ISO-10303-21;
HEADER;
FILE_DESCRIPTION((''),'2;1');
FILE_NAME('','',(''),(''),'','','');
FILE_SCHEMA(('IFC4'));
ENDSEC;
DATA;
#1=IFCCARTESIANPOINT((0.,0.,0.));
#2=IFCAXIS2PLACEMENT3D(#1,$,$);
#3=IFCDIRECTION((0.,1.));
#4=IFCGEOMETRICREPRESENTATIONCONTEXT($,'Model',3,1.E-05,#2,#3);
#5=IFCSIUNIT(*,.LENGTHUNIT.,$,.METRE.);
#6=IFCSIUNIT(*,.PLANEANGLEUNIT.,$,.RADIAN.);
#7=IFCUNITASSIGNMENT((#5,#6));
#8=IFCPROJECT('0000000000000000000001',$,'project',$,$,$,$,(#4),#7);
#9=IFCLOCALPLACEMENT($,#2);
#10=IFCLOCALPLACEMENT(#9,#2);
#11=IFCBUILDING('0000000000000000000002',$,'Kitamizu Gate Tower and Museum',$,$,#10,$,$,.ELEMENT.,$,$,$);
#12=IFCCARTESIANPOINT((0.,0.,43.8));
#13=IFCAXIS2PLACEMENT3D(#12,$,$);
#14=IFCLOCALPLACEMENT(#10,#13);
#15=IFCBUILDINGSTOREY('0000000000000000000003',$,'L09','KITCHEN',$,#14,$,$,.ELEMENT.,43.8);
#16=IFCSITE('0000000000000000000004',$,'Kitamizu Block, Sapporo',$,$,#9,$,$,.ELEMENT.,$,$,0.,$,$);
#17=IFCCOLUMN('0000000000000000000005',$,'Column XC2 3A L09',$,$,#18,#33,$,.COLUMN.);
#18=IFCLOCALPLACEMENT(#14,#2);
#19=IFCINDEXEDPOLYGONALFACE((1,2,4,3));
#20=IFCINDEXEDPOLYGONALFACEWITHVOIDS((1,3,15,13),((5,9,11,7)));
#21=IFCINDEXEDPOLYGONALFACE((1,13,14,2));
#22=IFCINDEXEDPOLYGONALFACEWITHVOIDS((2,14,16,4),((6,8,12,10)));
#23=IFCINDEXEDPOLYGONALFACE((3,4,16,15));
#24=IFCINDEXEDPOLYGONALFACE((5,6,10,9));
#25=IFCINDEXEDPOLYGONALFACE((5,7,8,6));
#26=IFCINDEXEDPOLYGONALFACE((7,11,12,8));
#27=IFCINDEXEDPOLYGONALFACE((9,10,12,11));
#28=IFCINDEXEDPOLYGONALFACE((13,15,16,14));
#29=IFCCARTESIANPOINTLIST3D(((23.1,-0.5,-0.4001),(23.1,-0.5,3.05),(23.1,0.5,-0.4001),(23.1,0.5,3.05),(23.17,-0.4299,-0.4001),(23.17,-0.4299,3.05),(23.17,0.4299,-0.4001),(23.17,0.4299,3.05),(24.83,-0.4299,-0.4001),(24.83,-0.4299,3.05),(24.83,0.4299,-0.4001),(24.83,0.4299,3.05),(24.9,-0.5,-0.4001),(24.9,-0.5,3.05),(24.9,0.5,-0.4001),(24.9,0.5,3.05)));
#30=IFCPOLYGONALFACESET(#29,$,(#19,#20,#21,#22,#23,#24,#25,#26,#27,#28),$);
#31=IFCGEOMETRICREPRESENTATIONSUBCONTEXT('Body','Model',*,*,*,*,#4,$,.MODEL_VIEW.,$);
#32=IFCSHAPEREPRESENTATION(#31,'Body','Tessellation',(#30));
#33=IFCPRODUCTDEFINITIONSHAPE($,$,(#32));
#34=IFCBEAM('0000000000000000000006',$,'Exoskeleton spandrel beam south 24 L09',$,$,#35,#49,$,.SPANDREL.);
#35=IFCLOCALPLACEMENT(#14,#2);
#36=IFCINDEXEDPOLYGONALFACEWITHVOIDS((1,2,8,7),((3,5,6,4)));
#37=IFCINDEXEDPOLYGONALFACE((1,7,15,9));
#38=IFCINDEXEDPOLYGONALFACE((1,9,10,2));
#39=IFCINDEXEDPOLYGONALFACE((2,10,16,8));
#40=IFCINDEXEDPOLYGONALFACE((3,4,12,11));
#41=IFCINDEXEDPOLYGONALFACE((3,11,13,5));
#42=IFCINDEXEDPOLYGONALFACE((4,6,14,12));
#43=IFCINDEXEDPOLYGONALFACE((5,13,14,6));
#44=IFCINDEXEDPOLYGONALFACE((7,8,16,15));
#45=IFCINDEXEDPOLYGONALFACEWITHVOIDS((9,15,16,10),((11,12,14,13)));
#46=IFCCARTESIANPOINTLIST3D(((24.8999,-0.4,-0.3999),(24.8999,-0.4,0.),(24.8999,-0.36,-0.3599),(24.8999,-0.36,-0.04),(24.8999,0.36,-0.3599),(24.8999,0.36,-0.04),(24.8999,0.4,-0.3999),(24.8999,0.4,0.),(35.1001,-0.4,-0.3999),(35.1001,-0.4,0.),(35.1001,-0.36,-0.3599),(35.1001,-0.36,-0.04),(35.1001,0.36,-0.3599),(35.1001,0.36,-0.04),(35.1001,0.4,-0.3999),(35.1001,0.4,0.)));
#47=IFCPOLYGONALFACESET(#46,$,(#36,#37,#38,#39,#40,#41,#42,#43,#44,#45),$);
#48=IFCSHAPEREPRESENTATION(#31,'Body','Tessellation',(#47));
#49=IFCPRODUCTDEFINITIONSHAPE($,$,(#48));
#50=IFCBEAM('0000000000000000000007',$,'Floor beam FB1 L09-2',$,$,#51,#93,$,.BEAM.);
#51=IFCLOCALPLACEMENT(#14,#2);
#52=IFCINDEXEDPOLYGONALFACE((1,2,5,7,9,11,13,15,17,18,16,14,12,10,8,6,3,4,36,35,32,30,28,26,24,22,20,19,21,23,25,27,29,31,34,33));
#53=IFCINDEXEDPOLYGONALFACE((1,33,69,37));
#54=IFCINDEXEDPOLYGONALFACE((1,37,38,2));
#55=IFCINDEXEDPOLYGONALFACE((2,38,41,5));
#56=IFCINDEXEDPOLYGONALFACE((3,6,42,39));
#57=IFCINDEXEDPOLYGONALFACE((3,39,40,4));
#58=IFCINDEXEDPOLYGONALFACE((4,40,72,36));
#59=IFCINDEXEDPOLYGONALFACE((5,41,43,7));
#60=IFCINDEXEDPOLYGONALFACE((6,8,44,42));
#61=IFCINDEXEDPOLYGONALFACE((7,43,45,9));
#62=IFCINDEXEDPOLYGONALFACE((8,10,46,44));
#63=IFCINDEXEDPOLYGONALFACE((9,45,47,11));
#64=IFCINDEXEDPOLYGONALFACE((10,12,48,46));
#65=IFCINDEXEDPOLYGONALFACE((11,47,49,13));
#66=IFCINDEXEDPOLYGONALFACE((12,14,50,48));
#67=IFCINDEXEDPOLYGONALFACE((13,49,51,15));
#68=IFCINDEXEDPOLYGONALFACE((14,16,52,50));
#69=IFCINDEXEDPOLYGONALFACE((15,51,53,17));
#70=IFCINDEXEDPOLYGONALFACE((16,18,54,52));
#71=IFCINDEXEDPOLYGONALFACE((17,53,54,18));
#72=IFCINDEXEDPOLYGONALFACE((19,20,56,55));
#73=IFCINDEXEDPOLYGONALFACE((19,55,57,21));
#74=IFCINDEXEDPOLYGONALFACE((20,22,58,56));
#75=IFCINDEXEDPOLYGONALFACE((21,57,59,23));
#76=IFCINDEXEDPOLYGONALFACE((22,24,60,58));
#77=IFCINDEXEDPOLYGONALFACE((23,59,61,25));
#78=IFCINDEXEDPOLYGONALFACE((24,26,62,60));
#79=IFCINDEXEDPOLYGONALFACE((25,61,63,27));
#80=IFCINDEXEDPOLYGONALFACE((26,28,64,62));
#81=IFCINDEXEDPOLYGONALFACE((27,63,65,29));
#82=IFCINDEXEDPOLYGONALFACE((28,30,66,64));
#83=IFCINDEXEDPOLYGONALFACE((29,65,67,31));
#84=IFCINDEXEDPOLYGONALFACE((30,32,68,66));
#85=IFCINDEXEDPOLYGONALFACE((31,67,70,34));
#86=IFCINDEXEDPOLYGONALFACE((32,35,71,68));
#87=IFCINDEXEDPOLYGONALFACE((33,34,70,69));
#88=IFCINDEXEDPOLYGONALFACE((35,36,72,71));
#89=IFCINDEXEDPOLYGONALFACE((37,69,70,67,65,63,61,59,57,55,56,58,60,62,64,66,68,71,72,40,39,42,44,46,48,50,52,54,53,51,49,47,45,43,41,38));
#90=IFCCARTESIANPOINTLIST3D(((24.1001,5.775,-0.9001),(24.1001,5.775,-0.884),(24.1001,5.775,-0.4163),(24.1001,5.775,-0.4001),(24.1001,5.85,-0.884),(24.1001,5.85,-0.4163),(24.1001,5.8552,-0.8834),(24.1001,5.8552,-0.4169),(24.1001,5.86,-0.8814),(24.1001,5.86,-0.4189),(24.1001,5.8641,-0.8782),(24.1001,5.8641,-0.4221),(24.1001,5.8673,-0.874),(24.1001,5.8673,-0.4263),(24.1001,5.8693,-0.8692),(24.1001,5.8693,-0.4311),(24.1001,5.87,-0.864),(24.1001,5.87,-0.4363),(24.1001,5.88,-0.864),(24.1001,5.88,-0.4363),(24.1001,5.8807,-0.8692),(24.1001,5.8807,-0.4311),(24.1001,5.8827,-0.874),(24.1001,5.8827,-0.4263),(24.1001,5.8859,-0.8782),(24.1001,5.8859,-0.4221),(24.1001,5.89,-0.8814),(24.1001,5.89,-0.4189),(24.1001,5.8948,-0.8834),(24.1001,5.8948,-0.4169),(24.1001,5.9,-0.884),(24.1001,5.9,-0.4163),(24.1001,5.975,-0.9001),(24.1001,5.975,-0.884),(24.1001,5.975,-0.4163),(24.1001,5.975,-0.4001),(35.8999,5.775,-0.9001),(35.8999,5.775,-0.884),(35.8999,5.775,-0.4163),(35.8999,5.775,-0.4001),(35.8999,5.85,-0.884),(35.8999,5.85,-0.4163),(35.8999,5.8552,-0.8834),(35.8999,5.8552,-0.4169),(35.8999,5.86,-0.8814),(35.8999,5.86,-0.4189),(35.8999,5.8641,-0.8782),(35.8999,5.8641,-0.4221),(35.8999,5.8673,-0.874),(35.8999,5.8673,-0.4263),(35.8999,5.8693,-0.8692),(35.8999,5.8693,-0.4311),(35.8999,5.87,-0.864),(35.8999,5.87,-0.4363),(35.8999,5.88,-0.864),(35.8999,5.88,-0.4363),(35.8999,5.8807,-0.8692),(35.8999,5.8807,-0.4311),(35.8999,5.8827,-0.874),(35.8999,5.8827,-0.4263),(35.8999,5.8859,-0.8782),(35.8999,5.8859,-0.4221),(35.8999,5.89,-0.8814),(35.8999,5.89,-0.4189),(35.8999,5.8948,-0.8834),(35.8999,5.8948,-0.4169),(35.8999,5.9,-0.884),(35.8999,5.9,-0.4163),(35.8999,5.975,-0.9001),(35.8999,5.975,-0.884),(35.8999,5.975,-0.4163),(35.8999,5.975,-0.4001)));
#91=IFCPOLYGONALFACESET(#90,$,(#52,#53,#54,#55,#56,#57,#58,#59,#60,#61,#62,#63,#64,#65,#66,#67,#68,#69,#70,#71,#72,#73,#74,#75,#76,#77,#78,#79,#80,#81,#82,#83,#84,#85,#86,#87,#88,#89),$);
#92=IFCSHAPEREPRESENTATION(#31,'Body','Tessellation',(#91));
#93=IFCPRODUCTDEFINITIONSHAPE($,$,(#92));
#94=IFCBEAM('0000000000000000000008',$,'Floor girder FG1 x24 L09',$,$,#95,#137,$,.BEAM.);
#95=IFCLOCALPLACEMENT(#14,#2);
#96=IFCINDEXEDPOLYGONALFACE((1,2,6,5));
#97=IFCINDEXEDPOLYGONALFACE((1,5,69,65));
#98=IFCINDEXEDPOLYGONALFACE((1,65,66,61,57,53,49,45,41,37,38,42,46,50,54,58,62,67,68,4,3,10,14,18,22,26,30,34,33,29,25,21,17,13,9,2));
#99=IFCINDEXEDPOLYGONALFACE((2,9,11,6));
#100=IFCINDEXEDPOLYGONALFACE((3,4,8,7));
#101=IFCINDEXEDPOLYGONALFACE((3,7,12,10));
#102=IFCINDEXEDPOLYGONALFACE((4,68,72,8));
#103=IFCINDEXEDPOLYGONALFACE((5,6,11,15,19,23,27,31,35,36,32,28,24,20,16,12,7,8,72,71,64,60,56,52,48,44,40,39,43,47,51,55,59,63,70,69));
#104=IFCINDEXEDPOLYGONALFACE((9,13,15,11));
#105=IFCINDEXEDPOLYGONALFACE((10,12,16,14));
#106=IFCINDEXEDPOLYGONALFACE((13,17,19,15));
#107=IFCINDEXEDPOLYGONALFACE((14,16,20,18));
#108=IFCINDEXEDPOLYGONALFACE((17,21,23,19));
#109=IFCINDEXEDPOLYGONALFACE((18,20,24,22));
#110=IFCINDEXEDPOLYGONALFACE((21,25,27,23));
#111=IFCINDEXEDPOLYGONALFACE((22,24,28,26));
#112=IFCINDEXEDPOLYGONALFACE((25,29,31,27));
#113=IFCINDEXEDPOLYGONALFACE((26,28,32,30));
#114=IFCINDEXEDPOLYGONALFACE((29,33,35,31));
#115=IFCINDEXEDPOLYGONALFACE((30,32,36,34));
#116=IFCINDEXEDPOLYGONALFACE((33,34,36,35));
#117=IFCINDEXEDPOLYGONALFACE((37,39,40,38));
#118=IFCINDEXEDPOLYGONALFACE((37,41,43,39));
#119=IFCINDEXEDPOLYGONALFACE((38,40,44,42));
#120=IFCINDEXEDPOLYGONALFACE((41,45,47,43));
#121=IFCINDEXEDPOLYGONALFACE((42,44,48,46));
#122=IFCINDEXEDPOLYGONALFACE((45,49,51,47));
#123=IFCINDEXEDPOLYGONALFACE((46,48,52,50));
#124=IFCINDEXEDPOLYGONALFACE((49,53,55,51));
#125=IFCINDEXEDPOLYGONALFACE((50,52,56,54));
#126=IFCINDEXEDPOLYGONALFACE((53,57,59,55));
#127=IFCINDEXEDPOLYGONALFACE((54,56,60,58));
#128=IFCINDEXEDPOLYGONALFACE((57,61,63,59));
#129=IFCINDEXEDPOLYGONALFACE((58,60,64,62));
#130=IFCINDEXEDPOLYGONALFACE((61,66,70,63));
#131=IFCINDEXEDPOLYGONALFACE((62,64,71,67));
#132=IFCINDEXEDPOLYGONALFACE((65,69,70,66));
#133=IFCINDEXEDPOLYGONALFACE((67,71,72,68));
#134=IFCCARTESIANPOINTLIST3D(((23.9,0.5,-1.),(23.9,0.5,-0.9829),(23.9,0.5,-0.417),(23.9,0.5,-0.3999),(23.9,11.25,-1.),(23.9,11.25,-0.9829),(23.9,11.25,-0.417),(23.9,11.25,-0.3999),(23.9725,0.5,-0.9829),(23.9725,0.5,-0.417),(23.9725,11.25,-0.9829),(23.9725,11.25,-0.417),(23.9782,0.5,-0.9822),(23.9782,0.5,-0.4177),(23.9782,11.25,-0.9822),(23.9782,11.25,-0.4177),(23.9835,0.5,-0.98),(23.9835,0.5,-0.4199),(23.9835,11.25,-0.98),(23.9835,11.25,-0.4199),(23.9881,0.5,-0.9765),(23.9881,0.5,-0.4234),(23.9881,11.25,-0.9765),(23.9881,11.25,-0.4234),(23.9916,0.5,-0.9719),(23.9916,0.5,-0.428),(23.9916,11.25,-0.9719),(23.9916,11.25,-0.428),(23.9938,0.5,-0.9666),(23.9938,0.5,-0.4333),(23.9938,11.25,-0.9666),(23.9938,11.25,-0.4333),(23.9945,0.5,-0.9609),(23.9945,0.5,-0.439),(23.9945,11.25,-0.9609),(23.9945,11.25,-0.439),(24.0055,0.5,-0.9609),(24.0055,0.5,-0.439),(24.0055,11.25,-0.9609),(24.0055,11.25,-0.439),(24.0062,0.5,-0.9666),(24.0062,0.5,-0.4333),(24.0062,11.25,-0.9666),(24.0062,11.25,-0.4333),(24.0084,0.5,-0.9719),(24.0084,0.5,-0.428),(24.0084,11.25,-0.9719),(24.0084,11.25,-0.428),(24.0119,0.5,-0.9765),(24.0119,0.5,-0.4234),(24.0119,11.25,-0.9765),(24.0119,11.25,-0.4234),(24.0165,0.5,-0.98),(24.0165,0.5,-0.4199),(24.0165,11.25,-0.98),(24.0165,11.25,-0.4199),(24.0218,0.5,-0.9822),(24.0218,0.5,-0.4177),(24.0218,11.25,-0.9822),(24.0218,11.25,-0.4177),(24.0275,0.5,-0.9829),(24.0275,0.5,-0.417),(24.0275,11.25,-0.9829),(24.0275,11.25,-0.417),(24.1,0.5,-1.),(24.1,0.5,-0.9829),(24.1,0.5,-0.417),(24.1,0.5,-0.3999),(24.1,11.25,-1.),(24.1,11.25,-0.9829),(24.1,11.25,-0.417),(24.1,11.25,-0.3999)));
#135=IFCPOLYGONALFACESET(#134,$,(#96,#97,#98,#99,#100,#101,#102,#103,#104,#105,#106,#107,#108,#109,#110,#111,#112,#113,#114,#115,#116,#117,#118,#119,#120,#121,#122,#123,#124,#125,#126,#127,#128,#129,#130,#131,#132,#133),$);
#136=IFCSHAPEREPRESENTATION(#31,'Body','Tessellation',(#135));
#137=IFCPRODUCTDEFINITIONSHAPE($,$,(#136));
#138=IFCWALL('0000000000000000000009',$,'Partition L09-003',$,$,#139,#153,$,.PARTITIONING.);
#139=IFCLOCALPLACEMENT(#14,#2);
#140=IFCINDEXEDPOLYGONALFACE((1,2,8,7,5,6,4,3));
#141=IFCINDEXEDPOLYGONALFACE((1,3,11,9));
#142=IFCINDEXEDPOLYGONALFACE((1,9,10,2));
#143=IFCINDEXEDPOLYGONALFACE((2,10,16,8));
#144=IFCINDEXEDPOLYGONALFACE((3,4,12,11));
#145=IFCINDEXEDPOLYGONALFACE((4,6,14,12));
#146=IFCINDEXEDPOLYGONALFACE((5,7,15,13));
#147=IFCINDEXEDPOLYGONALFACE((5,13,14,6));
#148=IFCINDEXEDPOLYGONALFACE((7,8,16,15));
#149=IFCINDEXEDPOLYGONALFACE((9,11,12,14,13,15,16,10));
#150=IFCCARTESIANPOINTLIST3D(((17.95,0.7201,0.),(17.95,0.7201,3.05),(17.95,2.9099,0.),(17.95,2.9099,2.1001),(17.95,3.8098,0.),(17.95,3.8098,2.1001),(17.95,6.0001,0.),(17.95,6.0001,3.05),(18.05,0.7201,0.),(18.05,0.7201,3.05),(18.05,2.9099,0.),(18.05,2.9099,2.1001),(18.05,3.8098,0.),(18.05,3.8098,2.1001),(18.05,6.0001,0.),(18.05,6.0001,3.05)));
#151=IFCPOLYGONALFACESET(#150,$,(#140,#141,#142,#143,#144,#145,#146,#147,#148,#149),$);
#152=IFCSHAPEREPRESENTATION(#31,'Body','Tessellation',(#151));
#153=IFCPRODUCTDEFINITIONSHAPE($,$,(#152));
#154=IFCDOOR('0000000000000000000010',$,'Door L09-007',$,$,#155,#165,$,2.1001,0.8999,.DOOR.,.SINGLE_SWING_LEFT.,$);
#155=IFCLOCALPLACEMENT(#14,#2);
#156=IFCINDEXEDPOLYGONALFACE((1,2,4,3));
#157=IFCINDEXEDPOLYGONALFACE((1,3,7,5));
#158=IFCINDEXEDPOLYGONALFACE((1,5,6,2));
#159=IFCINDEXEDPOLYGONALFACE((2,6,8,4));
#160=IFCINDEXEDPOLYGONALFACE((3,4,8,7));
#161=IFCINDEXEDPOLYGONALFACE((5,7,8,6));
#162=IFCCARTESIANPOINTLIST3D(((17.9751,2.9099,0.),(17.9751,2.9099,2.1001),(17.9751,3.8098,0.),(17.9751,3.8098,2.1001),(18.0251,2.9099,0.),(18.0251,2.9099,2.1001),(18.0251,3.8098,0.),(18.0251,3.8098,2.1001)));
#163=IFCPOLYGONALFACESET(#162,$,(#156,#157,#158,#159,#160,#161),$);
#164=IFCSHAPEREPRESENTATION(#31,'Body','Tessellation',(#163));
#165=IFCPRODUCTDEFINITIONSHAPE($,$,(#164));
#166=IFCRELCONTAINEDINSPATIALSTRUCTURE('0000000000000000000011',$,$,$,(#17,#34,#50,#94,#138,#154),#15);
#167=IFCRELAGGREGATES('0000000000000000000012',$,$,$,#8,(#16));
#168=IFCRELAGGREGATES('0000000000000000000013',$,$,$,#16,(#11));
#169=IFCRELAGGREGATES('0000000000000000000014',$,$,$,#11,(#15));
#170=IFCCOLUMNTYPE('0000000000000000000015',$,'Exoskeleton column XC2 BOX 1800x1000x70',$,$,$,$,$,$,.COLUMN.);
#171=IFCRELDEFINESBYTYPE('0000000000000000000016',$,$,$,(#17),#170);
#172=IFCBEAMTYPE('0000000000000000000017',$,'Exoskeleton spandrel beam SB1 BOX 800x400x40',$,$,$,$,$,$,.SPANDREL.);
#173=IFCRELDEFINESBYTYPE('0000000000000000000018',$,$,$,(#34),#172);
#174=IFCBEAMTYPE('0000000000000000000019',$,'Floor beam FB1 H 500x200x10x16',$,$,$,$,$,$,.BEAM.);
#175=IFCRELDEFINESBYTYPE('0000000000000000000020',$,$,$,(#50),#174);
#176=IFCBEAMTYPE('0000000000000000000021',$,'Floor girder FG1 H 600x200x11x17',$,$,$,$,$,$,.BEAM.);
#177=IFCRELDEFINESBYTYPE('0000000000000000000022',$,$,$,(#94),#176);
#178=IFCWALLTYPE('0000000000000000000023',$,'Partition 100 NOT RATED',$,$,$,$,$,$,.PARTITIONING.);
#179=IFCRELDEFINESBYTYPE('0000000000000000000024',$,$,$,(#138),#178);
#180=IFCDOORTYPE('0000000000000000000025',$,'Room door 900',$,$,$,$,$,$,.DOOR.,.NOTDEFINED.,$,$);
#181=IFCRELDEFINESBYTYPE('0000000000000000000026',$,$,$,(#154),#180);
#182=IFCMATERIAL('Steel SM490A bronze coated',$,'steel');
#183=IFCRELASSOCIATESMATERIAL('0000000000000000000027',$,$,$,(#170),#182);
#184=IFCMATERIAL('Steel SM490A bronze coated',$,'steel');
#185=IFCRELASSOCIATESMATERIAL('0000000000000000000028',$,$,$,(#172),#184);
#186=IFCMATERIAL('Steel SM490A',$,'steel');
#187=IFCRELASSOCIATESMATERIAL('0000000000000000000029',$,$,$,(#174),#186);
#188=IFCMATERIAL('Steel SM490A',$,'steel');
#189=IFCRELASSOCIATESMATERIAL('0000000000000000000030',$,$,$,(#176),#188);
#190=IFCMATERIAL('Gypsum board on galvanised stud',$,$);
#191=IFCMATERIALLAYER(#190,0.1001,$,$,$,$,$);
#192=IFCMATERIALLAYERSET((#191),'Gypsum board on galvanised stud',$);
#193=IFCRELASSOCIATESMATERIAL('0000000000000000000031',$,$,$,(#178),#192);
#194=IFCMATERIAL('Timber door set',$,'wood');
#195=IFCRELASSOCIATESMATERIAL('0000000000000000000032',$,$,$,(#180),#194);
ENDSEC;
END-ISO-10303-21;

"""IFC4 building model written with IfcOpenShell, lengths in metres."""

from ifc_helpers import new_model, si_unit, direction, frame, frame_2d, origin, origin_2d, place, context, subcontext, project, spatial, rectangle, hollow_rectangle, i_section, extrude, material, layer, layer_set, material_profile, profile_set, type_object, element, fill, save


model = new_model("IFC4")

# Units and contexts
model_context = context("Model", 3, precision=1e-05, world=origin(), true_north=direction((0.0, 1.0)))
body_context = subcontext(model_context, "Body", "Model", "MODEL_VIEW")
ifc_project = project(units=[si_unit("LENGTHUNIT", "METRE"), si_unit("PLANEANGLEUNIT", "RADIAN")], contexts=[model_context])

# Site, building, storey
site_placement = place(None, origin())
site = spatial("IfcSite", under=ifc_project, at=site_placement, Name="Kitamizu Block, Sapporo", CompositionType="ELEMENT", RefElevation=0.0)
building_placement = place(site_placement, origin())
building = spatial("IfcBuilding", under=site, at=building_placement, Name="Kitamizu Gate Tower and Museum", CompositionType="ELEMENT")
storey_placement = place(building_placement, frame((0.0, 0.0, 43.8)))
storey = spatial("IfcBuildingStorey", under=building, at=storey_placement, Name="L09", Description="KITCHEN", CompositionType="ELEMENT", Elevation=43.8)

# Column
ifc_material_1 = material(Name="Steel SM490A bronze coated", Category="steel")
ifc_material_profile_1 = material_profile(ifc_material_1, hollow_rectangle(XDim=1.8, YDim=1.0, WallThickness=0.0701, at=origin_2d()), Name="BOX 1800x1000x70")
ifc_profile_set_1 = profile_set([ifc_material_profile_1], Name="Steel SM490A bronze coated")
column_type = type_object("IfcColumnType", Name="Exoskeleton column XC2 BOX 1800x1000x70", PredefinedType="COLUMN", material=ifc_profile_set_1)
column_placement = place(storey_placement, frame((24.0, 0.0, -0.4001), z_axis=(0.0, 0.0, 1.0), x_axis=(1.0, 0.0, 0.0)))
element("IfcColumn", 1, at=column_placement, inside=storey, type_object=column_type, Name="Column XC2 3A L09", PredefinedType="COLUMN", context=body_context, shape_type="SweptSolid", body=[
    extrude(hollow_rectangle(XDim=1.8, YDim=1.0, WallThickness=0.0701, at=origin_2d()), origin(), (0.0, 0.0, 1.0), 3.4502),
])

# Beams
ifc_material_2 = material(Name="Steel SM490A bronze coated", Category="steel")
ifc_material_profile_2 = material_profile(ifc_material_2, hollow_rectangle(XDim=0.8, YDim=0.3999, WallThickness=0.04, at=origin_2d()), Name="BOX 800x400x40")
ifc_profile_set_2 = profile_set([ifc_material_profile_2], Name="Steel SM490A bronze coated")
beam_type_1 = type_object("IfcBeamType", Name="Exoskeleton spandrel beam SB1 BOX 800x400x40", PredefinedType="SPANDREL", material=ifc_profile_set_2)
beam_1_placement = place(storey_placement, frame((24.8999, 0.0, -0.2), z_axis=(1.0, 0.0, 0.0), x_axis=(0.0, 1.0, 0.0)))
element("IfcBeam", 2, at=beam_1_placement, inside=storey, type_object=beam_type_1, Name="Exoskeleton spandrel beam south 24 L09", PredefinedType="SPANDREL", context=body_context, shape_type="SweptSolid", body=[
    extrude(hollow_rectangle(XDim=0.8, YDim=0.3999, WallThickness=0.04, at=origin_2d()), origin(), (0.0, 0.0, 1.0), 10.2002),
])
ifc_material_3 = material(Name="Steel SM490A", Category="steel")
ifc_material_profile_3 = material_profile(ifc_material_3, i_section(OverallWidth=0.2, OverallDepth=0.5, WebThickness=0.01, FlangeThickness=0.0161, FilletRadius=0.02, at=origin_2d()), Name="H-500x200x10x16")
ifc_profile_set_3 = profile_set([ifc_material_profile_3], Name="Steel SM490A")
beam_type_2 = type_object("IfcBeamType", Name="Floor beam FB1 H 500x200x10x16", PredefinedType="BEAM", material=ifc_profile_set_3)
beam_2_placement = place(storey_placement, frame((24.1001, 5.875, -0.6501), z_axis=(1.0, 0.0, 0.0), x_axis=(0.0, 1.0, 0.0)))
element("IfcBeam", 3, at=beam_2_placement, inside=storey, type_object=beam_type_2, Name="Floor beam FB1 L09-2", PredefinedType="BEAM", context=body_context, shape_type="SweptSolid", body=[
    extrude(i_section(OverallWidth=0.2, OverallDepth=0.5, WebThickness=0.01, FlangeThickness=0.0161, FilletRadius=0.02, at=origin_2d()), origin(), (0.0, 0.0, 1.0), 11.7998),
])
ifc_material_4 = material(Name="Steel SM490A", Category="steel")
ifc_material_profile_4 = material_profile(ifc_material_4, i_section(OverallWidth=0.2, OverallDepth=0.6001, WebThickness=0.011, FlangeThickness=0.0171, FilletRadius=0.022, at=origin_2d()), Name="H-600x200x11x17")
ifc_profile_set_4 = profile_set([ifc_material_profile_4], Name="Steel SM490A")
beam_type_3 = type_object("IfcBeamType", Name="Floor girder FG1 H 600x200x11x17", PredefinedType="BEAM", material=ifc_profile_set_4)
beam_3_placement = place(storey_placement, frame((24.0, 0.5, -0.7), z_axis=(0.0, 1.0, 0.0), x_axis=(-1.0, 0.0, 0.0)))
element("IfcBeam", 4, at=beam_3_placement, inside=storey, type_object=beam_type_3, Name="Floor girder FG1 x24 L09", PredefinedType="BEAM", context=body_context, shape_type="SweptSolid", body=[
    extrude(i_section(OverallWidth=0.2, OverallDepth=0.6001, WebThickness=0.011, FlangeThickness=0.0171, FilletRadius=0.022, at=origin_2d()), origin(), (0.0, 0.0, 1.0), 10.75),
])

# Wall, opening, door
ifc_material_5 = material(Name="Gypsum board on galvanised stud")
ifc_layer_1 = layer(ifc_material_5, 0.1001)
ifc_layer_set_1 = layer_set([ifc_layer_1], Name="Gypsum board on galvanised stud")
wall_type_1 = type_object("IfcWallType", Name="Partition 100 NOT RATED", PredefinedType="PARTITIONING", material=ifc_layer_set_1)
wall_1_placement = place(storey_placement, frame((18.0, 0.72, 0.0), z_axis=(0.0, 0.0, 1.0), x_axis=(0.0, 1.0, 0.0)))
wall_1 = element("IfcWall", 5, at=wall_1_placement, inside=storey, type_object=wall_type_1, Name="Partition L09-003", PredefinedType="PARTITIONING", context=body_context, shape_type="SweptSolid", body=[
    extrude(rectangle(XDim=5.28, YDim=0.1001, at=frame_2d((2.6401, 0.0))), origin(), (0.0, 0.0, 1.0), 3.05),
])
opening_1_placement = place(wall_1_placement, frame((2.1899, 0.0, 0.0)))
opening_1 = element("IfcOpeningElement", 6, at=opening_1_placement, cuts=wall_1, PredefinedType="OPENING", context=body_context, shape_type="SweptSolid", body=[
    extrude(rectangle(XDim=0.8999, YDim=2.1001, at=frame_2d((0.45, 1.05))), frame((0.0, 0.0601, 0.0), z_axis=(0.0, -1.0, 0.0), x_axis=(1.0, 0.0, 0.0)), (0.0, 0.0, 1.0), 0.1201),
])
ifc_material_6 = material(Name="Timber door set", Category="wood")
door_type_1 = type_object("IfcDoorType", Name="Room door 900", OperationType="NOTDEFINED", PredefinedType="DOOR", material=ifc_material_6)
door_1_placement = place(opening_1_placement, origin())
door_1 = element("IfcDoor", 7, at=door_1_placement, inside=storey, type_object=door_type_1, Name="Door L09-007", OperationType="SINGLE_SWING_LEFT", OverallHeight=2.1001, OverallWidth=0.8999, PredefinedType="DOOR", context=body_context, shape_type="SweptSolid", body=[
    extrude(rectangle(XDim=0.8999, YDim=2.1001, at=frame_2d((0.45, 1.05))), frame((0.0, 0.0249, 0.0), z_axis=(0.0, -1.0, 0.0), x_axis=(1.0, 0.0, 0.0)), (0.0, 0.0, 1.0), 0.05),
])
fill(opening_1, door_1)

save(model, "model.ifc")
